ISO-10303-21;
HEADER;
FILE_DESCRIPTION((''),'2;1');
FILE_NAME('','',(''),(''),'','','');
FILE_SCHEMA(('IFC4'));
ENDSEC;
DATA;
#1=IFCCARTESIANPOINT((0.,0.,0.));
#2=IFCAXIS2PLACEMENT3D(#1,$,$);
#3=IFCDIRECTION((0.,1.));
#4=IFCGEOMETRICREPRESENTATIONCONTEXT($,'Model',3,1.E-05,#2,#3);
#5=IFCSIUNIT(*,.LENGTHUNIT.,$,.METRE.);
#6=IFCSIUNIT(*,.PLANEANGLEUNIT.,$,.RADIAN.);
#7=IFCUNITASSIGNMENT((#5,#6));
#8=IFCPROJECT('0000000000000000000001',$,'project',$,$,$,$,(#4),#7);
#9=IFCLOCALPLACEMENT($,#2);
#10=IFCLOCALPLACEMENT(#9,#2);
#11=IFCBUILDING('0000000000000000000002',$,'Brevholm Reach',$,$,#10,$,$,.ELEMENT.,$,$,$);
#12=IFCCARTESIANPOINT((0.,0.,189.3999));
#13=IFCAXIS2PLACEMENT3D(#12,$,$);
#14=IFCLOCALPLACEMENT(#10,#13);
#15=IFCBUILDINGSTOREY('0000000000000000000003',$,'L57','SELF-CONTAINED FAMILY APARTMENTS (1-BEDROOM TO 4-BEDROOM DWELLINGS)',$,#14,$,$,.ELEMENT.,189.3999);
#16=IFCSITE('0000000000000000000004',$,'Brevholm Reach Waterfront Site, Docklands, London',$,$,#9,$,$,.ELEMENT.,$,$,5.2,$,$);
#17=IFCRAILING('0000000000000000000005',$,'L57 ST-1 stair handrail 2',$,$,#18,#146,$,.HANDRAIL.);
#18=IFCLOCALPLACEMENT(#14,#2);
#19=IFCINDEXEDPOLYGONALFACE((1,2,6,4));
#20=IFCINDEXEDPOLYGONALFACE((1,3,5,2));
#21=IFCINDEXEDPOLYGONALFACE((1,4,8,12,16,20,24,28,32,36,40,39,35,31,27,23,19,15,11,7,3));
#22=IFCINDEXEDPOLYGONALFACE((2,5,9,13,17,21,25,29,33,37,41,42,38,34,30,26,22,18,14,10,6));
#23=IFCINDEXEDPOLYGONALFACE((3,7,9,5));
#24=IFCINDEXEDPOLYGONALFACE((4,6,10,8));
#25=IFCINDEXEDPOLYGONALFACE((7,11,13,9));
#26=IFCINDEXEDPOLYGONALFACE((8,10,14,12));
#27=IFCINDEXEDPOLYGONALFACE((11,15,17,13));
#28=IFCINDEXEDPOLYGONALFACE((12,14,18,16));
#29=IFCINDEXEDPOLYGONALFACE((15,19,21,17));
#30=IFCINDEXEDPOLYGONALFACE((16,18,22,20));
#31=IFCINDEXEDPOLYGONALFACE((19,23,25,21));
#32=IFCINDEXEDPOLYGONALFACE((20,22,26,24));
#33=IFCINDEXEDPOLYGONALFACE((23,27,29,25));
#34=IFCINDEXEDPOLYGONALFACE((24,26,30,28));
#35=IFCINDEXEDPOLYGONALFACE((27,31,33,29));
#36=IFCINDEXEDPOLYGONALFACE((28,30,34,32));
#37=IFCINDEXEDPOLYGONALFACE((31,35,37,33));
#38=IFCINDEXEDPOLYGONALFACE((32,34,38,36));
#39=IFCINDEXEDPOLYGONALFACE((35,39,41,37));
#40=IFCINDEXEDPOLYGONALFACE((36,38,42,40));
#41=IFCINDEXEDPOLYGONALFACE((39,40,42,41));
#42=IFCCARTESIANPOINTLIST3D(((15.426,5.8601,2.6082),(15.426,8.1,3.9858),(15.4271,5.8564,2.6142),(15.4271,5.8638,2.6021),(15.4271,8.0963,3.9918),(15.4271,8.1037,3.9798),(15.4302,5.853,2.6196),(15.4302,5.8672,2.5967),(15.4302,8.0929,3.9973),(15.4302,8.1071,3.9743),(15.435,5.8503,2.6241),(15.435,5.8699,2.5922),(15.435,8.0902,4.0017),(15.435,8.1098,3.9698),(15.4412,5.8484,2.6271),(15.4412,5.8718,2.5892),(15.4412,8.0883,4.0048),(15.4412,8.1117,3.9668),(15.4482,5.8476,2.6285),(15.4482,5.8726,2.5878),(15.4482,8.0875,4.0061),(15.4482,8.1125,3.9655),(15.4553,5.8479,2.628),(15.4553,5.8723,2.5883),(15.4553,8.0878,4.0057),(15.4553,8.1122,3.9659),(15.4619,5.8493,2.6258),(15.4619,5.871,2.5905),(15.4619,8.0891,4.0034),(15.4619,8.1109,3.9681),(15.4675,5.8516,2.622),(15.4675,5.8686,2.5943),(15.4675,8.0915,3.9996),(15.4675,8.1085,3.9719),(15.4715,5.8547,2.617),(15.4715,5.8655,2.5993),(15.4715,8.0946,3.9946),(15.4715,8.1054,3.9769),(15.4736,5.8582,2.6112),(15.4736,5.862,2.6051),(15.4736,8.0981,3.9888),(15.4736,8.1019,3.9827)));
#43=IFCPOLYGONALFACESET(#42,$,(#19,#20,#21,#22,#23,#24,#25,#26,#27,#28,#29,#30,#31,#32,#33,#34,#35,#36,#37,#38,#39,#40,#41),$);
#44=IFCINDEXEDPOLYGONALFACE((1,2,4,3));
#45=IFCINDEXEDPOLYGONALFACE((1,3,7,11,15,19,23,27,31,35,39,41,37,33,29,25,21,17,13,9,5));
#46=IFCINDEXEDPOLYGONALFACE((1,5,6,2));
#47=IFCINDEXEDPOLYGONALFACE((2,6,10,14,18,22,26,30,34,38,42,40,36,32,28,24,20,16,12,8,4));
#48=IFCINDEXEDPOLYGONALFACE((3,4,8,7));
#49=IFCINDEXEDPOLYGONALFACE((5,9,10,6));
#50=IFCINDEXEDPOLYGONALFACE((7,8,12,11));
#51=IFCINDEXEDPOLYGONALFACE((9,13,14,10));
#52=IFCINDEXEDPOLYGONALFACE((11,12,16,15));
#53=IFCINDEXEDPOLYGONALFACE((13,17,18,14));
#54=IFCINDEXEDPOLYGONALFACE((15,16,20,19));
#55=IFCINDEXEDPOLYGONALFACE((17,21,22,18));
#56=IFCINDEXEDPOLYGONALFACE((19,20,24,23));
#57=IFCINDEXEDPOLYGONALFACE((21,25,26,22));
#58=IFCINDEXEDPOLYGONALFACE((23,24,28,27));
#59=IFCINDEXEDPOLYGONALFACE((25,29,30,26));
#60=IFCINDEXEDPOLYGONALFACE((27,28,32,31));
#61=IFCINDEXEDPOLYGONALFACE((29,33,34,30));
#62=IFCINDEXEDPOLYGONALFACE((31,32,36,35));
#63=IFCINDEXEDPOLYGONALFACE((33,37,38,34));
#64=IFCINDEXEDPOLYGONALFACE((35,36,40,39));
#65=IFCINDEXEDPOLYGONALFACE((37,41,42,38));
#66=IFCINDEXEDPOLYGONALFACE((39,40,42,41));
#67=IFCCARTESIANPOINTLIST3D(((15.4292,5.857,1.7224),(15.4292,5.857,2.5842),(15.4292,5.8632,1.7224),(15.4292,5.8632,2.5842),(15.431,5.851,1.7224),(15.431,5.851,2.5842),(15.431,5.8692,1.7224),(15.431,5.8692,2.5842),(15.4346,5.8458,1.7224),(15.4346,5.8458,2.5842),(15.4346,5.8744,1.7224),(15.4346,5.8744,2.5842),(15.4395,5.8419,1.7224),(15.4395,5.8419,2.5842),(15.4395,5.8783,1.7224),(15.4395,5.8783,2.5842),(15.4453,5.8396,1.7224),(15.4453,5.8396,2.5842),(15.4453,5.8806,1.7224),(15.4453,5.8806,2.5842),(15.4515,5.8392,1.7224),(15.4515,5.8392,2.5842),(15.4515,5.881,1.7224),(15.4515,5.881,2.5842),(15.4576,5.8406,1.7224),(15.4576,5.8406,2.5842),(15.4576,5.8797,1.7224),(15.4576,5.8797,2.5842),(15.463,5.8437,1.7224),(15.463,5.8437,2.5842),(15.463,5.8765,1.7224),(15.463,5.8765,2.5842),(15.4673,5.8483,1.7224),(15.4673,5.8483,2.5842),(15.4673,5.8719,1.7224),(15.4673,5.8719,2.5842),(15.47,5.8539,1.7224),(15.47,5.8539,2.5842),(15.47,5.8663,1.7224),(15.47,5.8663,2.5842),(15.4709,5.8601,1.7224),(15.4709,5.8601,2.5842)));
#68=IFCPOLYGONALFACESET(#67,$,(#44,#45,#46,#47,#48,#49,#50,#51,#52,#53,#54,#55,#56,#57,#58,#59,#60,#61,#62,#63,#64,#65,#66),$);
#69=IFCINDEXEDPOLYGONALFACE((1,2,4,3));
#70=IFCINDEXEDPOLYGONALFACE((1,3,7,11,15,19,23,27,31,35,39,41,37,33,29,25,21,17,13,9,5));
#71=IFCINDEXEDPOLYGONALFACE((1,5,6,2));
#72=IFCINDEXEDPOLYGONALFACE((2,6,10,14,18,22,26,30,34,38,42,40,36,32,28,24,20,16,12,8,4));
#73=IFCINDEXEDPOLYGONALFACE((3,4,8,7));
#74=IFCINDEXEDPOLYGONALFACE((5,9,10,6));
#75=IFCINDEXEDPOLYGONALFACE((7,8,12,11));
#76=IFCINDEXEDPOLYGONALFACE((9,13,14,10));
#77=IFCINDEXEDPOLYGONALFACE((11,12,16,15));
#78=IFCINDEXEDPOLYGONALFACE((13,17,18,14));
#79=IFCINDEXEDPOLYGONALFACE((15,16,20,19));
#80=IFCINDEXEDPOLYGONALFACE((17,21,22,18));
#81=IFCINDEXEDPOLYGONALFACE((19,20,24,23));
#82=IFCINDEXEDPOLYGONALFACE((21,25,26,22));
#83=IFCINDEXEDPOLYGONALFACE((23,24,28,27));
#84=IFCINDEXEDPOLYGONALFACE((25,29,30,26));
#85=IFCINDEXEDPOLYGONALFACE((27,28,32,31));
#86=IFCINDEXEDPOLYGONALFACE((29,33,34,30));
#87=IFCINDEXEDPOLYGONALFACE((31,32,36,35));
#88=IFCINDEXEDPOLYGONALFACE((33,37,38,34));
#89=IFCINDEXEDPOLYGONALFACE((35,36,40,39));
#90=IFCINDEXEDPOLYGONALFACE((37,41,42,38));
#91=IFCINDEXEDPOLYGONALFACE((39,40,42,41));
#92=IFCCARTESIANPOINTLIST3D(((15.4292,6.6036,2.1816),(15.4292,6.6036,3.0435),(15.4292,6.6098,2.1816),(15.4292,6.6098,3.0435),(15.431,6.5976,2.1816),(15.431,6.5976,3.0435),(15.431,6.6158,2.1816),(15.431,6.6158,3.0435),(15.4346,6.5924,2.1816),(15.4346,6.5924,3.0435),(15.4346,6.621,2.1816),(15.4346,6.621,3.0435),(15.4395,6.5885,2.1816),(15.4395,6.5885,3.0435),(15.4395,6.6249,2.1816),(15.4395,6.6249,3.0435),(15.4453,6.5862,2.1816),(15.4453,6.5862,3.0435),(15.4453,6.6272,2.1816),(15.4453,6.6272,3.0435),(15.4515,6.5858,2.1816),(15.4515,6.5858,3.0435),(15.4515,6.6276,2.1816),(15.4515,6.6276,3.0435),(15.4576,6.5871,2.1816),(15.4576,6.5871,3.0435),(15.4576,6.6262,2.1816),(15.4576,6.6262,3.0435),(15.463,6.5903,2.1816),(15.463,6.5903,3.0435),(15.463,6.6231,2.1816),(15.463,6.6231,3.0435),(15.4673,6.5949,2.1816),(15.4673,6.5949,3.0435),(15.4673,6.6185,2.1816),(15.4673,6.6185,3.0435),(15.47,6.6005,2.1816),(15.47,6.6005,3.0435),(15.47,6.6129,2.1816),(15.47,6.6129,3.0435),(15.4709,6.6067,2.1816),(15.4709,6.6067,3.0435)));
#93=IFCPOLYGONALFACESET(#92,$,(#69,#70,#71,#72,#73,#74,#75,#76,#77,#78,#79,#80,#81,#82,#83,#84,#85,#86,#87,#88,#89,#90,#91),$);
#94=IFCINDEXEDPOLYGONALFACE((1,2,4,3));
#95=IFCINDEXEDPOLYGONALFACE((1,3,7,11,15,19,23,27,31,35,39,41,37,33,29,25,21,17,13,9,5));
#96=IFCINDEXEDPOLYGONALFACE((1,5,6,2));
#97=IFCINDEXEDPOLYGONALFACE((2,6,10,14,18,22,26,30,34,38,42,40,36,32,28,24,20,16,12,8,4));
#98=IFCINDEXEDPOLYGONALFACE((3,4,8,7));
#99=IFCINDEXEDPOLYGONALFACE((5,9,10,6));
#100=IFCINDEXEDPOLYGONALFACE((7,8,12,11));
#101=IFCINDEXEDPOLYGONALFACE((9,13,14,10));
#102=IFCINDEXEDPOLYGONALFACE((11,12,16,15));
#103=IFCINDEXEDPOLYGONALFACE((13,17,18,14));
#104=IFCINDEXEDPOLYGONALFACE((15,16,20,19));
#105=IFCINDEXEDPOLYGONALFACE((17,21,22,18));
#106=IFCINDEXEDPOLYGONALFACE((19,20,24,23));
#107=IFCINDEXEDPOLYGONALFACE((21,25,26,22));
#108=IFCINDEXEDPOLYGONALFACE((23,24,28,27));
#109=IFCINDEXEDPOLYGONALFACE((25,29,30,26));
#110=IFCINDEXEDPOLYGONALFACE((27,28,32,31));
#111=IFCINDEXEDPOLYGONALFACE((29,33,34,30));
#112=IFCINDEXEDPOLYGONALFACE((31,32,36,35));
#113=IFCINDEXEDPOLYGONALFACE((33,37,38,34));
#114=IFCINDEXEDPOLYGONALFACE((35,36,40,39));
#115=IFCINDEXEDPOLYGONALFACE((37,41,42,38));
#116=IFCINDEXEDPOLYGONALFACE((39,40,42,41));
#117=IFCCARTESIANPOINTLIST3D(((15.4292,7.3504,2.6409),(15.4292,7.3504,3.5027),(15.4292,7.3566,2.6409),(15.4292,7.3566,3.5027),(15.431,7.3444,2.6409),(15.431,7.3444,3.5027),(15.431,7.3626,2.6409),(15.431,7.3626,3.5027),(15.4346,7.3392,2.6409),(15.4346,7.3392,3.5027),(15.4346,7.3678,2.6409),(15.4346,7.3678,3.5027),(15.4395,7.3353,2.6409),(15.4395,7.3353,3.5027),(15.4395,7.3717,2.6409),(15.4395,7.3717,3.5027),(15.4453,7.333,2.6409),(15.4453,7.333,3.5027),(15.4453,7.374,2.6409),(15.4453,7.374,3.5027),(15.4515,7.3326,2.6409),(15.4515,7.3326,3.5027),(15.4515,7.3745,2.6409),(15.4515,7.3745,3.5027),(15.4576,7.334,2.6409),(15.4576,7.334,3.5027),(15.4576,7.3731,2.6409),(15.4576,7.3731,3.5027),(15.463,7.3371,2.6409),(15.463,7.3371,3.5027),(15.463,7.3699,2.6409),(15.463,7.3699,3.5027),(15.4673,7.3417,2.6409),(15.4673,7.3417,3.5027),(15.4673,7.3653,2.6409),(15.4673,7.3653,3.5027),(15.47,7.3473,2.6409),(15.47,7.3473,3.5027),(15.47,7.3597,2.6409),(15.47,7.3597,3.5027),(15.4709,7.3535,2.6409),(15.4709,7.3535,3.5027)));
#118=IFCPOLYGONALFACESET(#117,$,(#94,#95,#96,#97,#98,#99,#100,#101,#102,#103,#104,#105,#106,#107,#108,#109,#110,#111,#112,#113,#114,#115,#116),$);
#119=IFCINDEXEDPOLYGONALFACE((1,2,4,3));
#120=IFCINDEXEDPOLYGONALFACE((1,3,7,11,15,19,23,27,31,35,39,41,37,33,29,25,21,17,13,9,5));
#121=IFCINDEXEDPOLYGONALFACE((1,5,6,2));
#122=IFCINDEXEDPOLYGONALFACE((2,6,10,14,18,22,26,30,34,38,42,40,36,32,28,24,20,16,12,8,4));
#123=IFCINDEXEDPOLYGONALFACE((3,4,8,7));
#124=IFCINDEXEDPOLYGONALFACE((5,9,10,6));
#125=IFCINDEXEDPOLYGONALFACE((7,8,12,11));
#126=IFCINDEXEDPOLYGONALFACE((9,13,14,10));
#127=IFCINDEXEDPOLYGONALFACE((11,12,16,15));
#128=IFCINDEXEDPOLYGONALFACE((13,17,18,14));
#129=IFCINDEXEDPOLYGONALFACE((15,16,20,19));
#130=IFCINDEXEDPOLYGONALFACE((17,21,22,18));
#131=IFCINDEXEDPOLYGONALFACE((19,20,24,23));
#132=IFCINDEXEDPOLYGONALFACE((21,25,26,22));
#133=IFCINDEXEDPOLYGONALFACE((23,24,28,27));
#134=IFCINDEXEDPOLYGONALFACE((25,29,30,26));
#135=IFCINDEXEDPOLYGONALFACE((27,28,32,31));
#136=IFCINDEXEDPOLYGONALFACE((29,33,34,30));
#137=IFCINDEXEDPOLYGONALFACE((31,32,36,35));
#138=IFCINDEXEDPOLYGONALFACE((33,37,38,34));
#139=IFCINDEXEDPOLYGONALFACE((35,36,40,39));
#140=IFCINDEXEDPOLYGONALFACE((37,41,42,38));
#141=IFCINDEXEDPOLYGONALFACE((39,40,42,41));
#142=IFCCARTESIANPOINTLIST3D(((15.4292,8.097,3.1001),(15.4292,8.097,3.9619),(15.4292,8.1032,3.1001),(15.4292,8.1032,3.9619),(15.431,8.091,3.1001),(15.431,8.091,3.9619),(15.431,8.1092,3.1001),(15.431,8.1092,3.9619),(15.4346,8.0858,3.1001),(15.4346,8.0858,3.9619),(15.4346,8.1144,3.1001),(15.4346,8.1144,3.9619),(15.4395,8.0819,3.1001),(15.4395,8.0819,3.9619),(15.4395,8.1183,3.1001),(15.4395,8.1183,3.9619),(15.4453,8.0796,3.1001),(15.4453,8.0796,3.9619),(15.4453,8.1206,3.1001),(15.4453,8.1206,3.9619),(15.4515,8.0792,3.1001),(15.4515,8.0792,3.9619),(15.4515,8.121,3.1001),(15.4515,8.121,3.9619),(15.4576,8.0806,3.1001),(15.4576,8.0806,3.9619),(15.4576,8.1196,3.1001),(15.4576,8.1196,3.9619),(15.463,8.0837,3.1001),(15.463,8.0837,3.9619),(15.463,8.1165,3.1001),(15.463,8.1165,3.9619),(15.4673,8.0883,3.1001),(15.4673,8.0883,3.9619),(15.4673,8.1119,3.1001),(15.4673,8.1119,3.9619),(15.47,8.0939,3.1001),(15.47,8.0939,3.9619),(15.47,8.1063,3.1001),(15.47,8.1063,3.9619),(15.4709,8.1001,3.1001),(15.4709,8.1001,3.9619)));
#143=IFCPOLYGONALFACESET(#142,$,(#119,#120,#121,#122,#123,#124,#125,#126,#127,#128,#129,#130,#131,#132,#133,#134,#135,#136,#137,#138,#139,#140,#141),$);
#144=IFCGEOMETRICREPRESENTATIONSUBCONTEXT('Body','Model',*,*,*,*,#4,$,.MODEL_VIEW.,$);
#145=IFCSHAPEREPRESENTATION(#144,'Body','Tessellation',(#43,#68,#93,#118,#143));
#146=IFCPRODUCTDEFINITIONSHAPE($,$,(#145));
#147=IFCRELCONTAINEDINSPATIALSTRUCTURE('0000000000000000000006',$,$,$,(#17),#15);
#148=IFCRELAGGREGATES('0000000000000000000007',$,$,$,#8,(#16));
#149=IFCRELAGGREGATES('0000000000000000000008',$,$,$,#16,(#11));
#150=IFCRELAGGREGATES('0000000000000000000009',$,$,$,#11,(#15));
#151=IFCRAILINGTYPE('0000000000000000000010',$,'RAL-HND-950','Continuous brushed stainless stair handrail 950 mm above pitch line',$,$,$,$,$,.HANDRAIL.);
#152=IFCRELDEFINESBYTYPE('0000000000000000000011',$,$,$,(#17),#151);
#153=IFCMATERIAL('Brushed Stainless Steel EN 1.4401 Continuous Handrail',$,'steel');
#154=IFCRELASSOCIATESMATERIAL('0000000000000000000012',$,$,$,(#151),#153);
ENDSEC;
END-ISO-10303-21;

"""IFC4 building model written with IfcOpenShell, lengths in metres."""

from ifc_helpers import new_model, si_unit, direction, frame, origin, origin_2d, place, context, subcontext, project, spatial, circle, extrude, material, type_object, element, save


model = new_model("IFC4")

# Units and contexts
model_context = context("Model", 3, precision=1e-05, world=origin(), true_north=direction((0.0, 1.0)))
body_context = subcontext(model_context, "Body", "Model", "MODEL_VIEW")
ifc_project = project(units=[si_unit("LENGTHUNIT", "METRE"), si_unit("PLANEANGLEUNIT", "RADIAN")], contexts=[model_context])

# Site, building, storey
site_placement = place(None, origin())
site = spatial("IfcSite", under=ifc_project, at=site_placement, Name="Brevholm Reach Waterfront Site, Docklands, London", CompositionType="ELEMENT", RefElevation=5.2)
building_placement = place(site_placement, origin())
building = spatial("IfcBuilding", under=site, at=building_placement, Name="Brevholm Reach", CompositionType="ELEMENT")
storey_placement = place(building_placement, frame((0.0, 0.0, 189.3999)))
storey = spatial("IfcBuildingStorey", under=building, at=storey_placement, Name="L57", Description="SELF-CONTAINED FAMILY APARTMENTS (1-BEDROOM TO 4-BEDROOM DWELLINGS)", CompositionType="ELEMENT", Elevation=189.3999)

# Railing
ifc_material_1 = material(Name="Brushed Stainless Steel EN 1.4401 Continuous Handrail", Category="steel")
railing_type_1 = type_object("IfcRailingType", Name="RAL-HND-950", Description="Continuous brushed stainless stair handrail 950 mm above pitch line", PredefinedType="HANDRAIL", material=ifc_material_1)
railing_1_placement = place(storey_placement, frame((15.45, 5.8601, 1.7224)))
element("IfcRailing", 1, at=railing_1_placement, inside=storey, type_object=railing_type_1, Name="L57 ST-1 stair handrail 2", PredefinedType="HANDRAIL", context=body_context, shape_type="SweptSolid", body=[
    extrude(circle(Radius=0.0239, at=origin_2d()), frame((0.0, 0.0, 0.8857), z_axis=(0.0, 0.851789, 0.523885), x_axis=(-1.0, 0.0, 0.0)), (0.0, 0.0, 1.0), 2.6296),
    extrude(circle(Radius=0.021, at=origin_2d()), origin(), (0.0, 0.0, 1.0), 0.8618),
    extrude(circle(Radius=0.021, at=origin_2d()), frame((0.0, 0.7466, 0.4592)), (0.0, 0.0, 1.0), 0.8618),
    extrude(circle(Radius=0.021, at=origin_2d()), frame((0.0, 1.4934, 0.9185)), (0.0, 0.0, 1.0), 0.8618),
    extrude(circle(Radius=0.021, at=origin_2d()), frame((0.0, 2.24, 1.3777)), (0.0, 0.0, 1.0), 0.8618),
])

save(model, "model.ifc")
